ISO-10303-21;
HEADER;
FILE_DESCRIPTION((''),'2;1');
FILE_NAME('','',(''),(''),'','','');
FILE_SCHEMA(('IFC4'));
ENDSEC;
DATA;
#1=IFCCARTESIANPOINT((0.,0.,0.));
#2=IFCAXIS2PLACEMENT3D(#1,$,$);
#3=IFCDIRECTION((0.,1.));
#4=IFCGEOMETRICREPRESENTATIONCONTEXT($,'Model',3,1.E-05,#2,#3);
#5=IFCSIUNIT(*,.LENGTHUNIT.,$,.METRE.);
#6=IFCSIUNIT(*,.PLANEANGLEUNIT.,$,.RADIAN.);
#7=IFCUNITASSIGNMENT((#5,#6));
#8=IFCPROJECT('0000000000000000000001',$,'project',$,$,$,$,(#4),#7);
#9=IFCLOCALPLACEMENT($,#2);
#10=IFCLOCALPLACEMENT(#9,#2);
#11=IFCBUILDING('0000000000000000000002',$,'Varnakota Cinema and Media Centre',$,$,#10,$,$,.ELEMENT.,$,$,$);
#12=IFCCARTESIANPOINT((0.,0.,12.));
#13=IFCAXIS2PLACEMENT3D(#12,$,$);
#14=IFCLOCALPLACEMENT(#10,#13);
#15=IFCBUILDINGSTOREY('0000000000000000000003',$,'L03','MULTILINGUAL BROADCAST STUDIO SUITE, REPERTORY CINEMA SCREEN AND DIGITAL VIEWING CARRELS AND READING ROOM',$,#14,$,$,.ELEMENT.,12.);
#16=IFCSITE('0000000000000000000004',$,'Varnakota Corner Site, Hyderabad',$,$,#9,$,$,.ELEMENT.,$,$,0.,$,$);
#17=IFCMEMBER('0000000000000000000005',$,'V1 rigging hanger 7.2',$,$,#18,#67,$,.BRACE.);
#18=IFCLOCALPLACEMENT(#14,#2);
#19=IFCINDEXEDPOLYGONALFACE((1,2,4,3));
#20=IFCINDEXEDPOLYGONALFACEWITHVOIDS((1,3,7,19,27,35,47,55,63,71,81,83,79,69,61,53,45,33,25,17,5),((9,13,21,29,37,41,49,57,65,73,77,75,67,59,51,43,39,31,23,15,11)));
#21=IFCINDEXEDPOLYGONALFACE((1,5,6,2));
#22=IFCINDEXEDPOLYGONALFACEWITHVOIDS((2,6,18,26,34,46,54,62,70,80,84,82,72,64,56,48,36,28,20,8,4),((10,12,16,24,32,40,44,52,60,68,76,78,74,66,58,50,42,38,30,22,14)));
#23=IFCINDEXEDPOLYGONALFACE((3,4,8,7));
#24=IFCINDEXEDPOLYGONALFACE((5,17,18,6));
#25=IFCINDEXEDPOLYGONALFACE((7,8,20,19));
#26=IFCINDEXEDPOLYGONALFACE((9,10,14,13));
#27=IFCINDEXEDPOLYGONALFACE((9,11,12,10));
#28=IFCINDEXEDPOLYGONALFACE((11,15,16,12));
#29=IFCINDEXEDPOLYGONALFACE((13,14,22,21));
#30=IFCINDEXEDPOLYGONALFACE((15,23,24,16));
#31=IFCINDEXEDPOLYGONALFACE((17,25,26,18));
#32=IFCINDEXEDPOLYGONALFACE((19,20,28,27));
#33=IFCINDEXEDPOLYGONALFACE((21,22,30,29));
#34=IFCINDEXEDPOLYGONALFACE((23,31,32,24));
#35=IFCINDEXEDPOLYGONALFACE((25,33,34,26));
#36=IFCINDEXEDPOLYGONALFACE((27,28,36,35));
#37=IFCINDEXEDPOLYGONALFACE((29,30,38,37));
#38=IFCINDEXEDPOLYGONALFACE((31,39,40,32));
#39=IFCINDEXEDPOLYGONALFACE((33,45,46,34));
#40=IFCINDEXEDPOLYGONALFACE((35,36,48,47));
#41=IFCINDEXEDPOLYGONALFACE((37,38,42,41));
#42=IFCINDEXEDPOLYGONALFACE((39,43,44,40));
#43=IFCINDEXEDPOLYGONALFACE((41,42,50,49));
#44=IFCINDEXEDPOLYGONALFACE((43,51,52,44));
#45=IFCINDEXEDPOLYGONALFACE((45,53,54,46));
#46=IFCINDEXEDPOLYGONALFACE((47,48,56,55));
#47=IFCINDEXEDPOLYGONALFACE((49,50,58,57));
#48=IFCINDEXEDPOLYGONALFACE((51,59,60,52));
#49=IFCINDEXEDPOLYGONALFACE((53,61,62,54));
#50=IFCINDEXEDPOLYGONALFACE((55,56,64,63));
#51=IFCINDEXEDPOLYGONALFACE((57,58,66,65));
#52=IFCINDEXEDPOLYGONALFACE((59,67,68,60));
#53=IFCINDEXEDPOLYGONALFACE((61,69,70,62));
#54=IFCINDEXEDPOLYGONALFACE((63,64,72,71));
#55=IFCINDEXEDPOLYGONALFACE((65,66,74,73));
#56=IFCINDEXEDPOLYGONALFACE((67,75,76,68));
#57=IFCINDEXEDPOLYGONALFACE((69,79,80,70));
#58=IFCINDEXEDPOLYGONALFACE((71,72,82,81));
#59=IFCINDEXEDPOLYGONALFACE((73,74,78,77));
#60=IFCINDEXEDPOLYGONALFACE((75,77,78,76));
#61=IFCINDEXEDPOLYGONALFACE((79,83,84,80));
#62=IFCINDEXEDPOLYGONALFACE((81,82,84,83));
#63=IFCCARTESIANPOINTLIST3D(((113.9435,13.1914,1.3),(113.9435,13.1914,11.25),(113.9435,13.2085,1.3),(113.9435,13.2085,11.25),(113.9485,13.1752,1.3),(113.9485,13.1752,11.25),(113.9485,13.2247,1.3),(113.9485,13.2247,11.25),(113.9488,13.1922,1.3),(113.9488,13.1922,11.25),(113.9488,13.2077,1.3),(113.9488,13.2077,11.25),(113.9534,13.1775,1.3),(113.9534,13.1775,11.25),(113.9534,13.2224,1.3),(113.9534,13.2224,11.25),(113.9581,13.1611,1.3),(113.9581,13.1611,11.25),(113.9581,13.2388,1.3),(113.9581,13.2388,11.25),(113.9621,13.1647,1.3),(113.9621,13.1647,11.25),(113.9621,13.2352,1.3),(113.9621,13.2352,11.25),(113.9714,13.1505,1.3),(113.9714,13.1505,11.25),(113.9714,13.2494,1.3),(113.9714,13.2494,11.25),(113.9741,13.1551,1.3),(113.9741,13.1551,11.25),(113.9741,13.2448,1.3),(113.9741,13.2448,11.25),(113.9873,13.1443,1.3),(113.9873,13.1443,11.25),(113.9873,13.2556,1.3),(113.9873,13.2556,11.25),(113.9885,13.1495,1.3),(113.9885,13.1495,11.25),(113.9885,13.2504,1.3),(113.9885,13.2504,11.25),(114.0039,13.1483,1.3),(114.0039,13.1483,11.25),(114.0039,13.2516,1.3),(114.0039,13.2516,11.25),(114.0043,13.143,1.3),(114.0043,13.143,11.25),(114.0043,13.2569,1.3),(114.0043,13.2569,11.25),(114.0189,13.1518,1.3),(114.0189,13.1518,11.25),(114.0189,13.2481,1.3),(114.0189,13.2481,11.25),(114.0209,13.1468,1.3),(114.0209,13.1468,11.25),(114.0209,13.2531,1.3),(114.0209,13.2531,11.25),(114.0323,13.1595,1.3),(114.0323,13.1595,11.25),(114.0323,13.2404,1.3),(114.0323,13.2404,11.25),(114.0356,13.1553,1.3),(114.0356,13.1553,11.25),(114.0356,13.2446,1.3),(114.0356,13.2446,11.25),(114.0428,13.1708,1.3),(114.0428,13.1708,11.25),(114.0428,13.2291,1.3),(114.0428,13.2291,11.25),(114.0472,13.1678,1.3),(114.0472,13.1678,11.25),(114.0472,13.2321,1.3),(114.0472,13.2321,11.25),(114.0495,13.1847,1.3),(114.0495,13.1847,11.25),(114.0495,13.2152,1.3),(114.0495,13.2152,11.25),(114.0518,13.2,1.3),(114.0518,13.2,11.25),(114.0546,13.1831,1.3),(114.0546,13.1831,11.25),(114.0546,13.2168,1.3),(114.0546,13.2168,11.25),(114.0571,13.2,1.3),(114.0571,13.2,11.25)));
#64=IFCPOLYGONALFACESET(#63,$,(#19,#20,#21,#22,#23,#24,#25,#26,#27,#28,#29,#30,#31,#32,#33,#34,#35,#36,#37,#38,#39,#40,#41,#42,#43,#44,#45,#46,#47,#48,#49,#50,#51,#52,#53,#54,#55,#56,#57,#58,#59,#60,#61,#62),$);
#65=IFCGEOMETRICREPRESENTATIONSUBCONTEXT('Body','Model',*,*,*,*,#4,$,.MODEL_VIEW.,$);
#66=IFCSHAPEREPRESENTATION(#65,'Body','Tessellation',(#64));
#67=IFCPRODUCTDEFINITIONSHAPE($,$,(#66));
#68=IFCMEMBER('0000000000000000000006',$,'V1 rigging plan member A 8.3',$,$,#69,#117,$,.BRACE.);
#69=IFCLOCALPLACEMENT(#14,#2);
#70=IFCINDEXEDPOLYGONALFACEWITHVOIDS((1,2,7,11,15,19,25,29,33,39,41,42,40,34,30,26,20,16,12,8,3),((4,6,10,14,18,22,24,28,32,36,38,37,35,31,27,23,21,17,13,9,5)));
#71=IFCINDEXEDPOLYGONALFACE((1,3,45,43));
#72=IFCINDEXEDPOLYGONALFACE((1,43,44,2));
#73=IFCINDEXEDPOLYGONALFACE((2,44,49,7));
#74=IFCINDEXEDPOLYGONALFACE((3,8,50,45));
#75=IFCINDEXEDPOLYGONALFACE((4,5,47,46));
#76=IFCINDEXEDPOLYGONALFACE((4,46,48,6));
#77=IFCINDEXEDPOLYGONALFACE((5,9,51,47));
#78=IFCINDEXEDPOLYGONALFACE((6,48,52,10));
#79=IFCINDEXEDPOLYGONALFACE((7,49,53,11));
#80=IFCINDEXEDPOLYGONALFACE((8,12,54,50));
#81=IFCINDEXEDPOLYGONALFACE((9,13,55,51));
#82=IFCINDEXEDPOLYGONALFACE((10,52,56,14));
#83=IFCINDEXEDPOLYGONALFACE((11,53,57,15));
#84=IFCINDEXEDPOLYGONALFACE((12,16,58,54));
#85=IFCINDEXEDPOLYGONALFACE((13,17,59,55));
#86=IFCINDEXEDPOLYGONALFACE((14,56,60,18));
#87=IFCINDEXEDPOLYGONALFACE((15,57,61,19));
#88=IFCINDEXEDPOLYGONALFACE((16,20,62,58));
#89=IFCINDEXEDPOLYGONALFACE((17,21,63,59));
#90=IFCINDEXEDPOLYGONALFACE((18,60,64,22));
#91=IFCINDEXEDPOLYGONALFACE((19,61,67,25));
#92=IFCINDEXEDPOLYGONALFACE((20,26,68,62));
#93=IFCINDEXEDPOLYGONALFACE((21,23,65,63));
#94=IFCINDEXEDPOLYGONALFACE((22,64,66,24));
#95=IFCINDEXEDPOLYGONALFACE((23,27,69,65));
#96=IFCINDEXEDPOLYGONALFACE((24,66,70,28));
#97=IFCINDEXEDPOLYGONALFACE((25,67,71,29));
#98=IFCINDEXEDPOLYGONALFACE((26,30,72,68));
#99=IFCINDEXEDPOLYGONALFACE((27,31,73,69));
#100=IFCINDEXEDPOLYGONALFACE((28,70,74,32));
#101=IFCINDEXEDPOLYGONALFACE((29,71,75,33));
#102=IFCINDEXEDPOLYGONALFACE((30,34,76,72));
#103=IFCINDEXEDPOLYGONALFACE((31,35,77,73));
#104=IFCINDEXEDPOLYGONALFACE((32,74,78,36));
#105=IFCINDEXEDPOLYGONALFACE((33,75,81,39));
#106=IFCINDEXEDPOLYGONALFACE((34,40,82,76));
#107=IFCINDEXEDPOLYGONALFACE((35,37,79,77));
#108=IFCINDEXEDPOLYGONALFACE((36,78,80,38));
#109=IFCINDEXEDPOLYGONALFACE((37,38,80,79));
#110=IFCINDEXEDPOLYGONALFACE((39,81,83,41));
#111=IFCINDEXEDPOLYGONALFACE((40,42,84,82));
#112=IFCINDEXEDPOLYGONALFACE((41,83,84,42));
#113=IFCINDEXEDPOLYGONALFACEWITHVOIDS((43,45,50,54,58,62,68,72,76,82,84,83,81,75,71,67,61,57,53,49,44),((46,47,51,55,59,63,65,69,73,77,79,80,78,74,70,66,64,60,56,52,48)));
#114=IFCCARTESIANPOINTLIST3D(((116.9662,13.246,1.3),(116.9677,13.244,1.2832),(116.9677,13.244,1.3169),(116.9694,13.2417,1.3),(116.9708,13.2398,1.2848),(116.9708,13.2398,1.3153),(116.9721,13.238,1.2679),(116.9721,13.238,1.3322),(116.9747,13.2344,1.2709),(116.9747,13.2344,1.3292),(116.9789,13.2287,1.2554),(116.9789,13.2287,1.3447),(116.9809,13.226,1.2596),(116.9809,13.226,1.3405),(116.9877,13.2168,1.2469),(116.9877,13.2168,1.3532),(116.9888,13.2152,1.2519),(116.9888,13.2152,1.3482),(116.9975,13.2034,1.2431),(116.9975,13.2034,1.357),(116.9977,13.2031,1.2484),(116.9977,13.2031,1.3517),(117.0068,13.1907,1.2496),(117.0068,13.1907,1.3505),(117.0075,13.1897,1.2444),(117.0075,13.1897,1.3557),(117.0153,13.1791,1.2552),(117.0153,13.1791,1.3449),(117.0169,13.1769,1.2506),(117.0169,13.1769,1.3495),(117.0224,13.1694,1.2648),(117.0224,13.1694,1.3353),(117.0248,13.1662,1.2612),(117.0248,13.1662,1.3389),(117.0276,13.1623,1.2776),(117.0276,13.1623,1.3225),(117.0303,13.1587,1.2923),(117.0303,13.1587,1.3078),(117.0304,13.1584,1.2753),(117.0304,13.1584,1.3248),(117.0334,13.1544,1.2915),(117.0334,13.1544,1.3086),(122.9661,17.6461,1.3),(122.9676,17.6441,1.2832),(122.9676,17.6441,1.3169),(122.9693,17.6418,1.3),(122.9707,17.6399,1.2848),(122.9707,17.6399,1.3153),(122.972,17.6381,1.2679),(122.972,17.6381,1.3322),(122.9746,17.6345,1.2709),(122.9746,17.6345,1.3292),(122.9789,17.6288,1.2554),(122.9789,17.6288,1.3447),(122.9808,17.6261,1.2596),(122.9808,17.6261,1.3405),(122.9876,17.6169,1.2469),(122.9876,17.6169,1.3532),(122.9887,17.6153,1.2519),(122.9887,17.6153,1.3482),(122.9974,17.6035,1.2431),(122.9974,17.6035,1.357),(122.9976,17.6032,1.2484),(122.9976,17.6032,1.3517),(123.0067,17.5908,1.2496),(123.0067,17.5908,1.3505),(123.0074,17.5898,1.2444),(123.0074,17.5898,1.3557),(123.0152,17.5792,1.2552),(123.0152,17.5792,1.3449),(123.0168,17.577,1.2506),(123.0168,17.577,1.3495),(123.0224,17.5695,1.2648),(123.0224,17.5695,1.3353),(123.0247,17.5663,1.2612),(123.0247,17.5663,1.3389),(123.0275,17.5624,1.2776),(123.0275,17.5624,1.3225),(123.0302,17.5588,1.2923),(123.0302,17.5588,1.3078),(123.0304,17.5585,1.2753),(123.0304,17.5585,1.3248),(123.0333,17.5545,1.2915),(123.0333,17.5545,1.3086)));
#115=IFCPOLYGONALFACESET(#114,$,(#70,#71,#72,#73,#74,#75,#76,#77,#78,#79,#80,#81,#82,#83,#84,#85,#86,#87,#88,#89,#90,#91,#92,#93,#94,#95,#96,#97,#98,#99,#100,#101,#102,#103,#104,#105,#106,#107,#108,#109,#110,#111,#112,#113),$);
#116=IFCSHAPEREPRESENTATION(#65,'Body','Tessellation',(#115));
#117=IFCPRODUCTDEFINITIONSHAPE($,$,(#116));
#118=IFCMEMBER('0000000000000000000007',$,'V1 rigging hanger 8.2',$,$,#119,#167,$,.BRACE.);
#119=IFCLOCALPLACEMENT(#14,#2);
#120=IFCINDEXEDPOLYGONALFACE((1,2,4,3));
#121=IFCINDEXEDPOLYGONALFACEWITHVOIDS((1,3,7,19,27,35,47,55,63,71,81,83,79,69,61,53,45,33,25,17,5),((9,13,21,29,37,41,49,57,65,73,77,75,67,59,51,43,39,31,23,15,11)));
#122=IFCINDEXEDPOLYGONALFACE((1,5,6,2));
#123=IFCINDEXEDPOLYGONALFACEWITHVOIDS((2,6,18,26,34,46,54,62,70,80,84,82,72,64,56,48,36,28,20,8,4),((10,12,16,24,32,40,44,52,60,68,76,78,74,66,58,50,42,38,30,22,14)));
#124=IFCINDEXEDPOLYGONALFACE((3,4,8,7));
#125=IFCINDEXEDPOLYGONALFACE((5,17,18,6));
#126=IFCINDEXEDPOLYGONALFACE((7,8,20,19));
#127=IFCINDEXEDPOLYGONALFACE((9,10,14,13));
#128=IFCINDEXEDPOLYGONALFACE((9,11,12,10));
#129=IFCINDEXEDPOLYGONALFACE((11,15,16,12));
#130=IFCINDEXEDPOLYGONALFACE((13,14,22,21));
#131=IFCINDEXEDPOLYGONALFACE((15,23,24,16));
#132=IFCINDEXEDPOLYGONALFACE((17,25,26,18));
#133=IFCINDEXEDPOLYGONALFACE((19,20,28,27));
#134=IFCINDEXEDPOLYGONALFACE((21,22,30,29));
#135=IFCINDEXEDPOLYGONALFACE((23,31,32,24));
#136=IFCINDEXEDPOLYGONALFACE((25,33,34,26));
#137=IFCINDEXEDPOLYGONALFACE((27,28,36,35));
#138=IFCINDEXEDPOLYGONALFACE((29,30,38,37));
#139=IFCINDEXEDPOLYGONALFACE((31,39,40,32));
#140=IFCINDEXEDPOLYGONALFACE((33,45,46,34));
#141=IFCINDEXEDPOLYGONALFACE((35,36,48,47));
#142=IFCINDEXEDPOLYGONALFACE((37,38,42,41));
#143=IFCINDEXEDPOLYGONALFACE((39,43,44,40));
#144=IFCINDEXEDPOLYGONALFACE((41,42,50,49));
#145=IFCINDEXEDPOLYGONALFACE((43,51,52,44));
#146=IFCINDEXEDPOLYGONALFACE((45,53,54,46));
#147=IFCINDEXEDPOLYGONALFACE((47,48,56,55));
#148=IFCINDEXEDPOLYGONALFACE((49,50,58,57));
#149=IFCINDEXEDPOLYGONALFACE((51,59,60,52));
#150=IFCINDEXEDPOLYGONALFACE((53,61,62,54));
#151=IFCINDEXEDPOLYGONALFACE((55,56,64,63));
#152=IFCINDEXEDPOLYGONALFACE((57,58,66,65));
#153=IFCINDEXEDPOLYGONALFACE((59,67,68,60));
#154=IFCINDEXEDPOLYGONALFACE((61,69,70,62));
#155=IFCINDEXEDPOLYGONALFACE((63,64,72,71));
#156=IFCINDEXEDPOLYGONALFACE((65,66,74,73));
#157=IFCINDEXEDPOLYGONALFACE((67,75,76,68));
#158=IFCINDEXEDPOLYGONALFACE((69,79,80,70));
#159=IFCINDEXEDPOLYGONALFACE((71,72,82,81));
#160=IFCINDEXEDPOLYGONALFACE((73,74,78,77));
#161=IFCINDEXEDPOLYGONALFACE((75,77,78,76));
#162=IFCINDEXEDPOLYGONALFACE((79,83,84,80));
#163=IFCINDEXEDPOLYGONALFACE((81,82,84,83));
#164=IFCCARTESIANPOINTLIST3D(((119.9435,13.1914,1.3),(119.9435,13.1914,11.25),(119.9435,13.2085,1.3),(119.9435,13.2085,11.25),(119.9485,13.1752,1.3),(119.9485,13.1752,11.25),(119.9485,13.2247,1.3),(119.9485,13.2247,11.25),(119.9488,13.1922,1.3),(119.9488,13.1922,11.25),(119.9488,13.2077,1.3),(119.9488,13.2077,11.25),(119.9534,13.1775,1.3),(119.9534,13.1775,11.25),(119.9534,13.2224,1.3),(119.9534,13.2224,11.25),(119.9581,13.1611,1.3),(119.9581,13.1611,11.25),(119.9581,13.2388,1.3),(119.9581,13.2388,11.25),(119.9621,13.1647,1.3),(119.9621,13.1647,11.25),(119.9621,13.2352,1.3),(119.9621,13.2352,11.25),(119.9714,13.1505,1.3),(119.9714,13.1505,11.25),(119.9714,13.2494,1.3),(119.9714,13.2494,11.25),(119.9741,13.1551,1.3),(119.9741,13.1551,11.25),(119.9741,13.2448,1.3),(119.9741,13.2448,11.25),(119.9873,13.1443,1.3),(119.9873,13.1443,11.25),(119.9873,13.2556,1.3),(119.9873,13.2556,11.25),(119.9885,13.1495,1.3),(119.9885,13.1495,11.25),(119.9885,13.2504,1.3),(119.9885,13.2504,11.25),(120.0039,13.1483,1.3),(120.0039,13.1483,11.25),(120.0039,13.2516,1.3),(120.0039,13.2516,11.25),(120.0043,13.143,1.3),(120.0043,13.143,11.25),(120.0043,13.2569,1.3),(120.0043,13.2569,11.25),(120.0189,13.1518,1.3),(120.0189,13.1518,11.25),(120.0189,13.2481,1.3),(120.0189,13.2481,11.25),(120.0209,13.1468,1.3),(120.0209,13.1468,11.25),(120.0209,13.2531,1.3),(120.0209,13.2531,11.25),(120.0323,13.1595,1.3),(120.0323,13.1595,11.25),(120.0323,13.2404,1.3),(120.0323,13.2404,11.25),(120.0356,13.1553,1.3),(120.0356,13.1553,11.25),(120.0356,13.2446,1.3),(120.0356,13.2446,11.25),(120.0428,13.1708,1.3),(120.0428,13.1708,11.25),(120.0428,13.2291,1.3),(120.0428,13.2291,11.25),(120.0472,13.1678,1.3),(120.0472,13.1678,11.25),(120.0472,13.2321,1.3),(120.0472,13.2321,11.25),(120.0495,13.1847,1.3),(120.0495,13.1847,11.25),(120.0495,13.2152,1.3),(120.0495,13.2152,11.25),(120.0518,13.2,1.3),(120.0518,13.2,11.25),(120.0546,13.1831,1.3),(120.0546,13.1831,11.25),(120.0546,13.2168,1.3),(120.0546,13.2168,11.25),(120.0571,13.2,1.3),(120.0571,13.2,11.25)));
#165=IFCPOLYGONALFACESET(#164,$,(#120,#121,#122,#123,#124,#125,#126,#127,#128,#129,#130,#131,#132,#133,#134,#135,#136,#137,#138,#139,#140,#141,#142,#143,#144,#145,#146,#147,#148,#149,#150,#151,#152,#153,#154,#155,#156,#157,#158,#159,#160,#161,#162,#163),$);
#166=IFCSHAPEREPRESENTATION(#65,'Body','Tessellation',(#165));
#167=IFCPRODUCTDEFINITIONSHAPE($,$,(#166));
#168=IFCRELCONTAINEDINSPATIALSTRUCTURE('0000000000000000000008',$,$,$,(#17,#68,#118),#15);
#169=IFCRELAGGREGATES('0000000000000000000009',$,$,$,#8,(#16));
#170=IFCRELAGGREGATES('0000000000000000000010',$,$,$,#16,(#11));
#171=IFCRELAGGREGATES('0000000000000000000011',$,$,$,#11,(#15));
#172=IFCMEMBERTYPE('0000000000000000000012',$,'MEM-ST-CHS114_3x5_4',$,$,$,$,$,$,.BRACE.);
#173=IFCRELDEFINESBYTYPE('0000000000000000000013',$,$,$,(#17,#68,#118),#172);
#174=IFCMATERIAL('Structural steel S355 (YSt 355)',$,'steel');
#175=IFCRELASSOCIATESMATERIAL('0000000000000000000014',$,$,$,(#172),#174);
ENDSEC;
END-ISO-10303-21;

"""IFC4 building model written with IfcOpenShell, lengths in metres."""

from ifc_helpers import new_model, si_unit, direction, frame, origin, origin_2d, place, context, subcontext, project, spatial, hollow_circle, extrude, material, material_profile, profile_set, type_object, element, save


model = new_model("IFC4")

# Units and contexts
model_context = context("Model", 3, precision=1e-05, world=origin(), true_north=direction((0.0, 1.0)))
body_context = subcontext(model_context, "Body", "Model", "MODEL_VIEW")
ifc_project = project(units=[si_unit("LENGTHUNIT", "METRE"), si_unit("PLANEANGLEUNIT", "RADIAN")], contexts=[model_context])

# Site, building, storey
site_placement = place(None, origin())
site = spatial("IfcSite", under=ifc_project, at=site_placement, Name="Varnakota Corner Site, Hyderabad", CompositionType="ELEMENT", RefElevation=0.0)
building_placement = place(site_placement, origin())
building = spatial("IfcBuilding", under=site, at=building_placement, Name="Varnakota Cinema and Media Centre", CompositionType="ELEMENT")
storey_placement = place(building_placement, frame((0.0, 0.0, 12.0)))
storey = spatial("IfcBuildingStorey", under=building, at=storey_placement, Name="L03", Description="MULTILINGUAL BROADCAST STUDIO SUITE, REPERTORY CINEMA SCREEN AND DIGITAL VIEWING CARRELS AND READING ROOM", CompositionType="ELEMENT", Elevation=12.0)

# Members
ifc_material_1 = material(Name="Structural steel S355 (YSt 355)", Category="steel")
ifc_material_profile_1 = material_profile(ifc_material_1, hollow_circle(Radius=0.0571, WallThickness=0.0054, at=origin_2d()), Name="CHS 114.3x5.4")
ifc_profile_set_1 = profile_set([ifc_material_profile_1], Name="Structural steel S355 (YSt 355)")
member_type_1 = type_object("IfcMemberType", Name="MEM-ST-CHS114_3x5_4", PredefinedType="BRACE", material=ifc_profile_set_1)
member_1_placement = place(storey_placement, frame((114.0, 13.2, 1.3), z_axis=(0.0, 0.0, 1.0), x_axis=(1.0, 0.0, 0.0)))
element("IfcMember", 1, at=member_1_placement, inside=storey, type_object=member_type_1, Name="V1 rigging hanger 7.2", PredefinedType="BRACE", context=body_context, shape_type="SweptSolid", body=[
    extrude(hollow_circle(Radius=0.0571, WallThickness=0.0054, at=origin_2d()), origin(), (0.0, 0.0, 1.0), 9.95),
])
member_2_placement = place(storey_placement, frame((117.0, 13.2, 1.3), z_axis=(0.806396, 0.591376, 0.0), x_axis=(-0.591376, 0.806396, 0.0)))
element("IfcMember", 2, at=member_2_placement, inside=storey, type_object=member_type_1, Name="V1 rigging plan member A 8.3", PredefinedType="BRACE", context=body_context, shape_type="SweptSolid", body=[
    extrude(hollow_circle(Radius=0.0571, WallThickness=0.0054, at=origin_2d()), origin(), (0.0, 0.0, 1.0), 7.4404),
])
member_3_placement = place(storey_placement, frame((120.0, 13.2, 1.3), z_axis=(0.0, 0.0, 1.0), x_axis=(1.0, 0.0, 0.0)))
element("IfcMember", 3, at=member_3_placement, inside=storey, type_object=member_type_1, Name="V1 rigging hanger 8.2", PredefinedType="BRACE", context=body_context, shape_type="SweptSolid", body=[
    extrude(hollow_circle(Radius=0.0571, WallThickness=0.0054, at=origin_2d()), origin(), (0.0, 0.0, 1.0), 9.95),
])

save(model, "model.ifc")
